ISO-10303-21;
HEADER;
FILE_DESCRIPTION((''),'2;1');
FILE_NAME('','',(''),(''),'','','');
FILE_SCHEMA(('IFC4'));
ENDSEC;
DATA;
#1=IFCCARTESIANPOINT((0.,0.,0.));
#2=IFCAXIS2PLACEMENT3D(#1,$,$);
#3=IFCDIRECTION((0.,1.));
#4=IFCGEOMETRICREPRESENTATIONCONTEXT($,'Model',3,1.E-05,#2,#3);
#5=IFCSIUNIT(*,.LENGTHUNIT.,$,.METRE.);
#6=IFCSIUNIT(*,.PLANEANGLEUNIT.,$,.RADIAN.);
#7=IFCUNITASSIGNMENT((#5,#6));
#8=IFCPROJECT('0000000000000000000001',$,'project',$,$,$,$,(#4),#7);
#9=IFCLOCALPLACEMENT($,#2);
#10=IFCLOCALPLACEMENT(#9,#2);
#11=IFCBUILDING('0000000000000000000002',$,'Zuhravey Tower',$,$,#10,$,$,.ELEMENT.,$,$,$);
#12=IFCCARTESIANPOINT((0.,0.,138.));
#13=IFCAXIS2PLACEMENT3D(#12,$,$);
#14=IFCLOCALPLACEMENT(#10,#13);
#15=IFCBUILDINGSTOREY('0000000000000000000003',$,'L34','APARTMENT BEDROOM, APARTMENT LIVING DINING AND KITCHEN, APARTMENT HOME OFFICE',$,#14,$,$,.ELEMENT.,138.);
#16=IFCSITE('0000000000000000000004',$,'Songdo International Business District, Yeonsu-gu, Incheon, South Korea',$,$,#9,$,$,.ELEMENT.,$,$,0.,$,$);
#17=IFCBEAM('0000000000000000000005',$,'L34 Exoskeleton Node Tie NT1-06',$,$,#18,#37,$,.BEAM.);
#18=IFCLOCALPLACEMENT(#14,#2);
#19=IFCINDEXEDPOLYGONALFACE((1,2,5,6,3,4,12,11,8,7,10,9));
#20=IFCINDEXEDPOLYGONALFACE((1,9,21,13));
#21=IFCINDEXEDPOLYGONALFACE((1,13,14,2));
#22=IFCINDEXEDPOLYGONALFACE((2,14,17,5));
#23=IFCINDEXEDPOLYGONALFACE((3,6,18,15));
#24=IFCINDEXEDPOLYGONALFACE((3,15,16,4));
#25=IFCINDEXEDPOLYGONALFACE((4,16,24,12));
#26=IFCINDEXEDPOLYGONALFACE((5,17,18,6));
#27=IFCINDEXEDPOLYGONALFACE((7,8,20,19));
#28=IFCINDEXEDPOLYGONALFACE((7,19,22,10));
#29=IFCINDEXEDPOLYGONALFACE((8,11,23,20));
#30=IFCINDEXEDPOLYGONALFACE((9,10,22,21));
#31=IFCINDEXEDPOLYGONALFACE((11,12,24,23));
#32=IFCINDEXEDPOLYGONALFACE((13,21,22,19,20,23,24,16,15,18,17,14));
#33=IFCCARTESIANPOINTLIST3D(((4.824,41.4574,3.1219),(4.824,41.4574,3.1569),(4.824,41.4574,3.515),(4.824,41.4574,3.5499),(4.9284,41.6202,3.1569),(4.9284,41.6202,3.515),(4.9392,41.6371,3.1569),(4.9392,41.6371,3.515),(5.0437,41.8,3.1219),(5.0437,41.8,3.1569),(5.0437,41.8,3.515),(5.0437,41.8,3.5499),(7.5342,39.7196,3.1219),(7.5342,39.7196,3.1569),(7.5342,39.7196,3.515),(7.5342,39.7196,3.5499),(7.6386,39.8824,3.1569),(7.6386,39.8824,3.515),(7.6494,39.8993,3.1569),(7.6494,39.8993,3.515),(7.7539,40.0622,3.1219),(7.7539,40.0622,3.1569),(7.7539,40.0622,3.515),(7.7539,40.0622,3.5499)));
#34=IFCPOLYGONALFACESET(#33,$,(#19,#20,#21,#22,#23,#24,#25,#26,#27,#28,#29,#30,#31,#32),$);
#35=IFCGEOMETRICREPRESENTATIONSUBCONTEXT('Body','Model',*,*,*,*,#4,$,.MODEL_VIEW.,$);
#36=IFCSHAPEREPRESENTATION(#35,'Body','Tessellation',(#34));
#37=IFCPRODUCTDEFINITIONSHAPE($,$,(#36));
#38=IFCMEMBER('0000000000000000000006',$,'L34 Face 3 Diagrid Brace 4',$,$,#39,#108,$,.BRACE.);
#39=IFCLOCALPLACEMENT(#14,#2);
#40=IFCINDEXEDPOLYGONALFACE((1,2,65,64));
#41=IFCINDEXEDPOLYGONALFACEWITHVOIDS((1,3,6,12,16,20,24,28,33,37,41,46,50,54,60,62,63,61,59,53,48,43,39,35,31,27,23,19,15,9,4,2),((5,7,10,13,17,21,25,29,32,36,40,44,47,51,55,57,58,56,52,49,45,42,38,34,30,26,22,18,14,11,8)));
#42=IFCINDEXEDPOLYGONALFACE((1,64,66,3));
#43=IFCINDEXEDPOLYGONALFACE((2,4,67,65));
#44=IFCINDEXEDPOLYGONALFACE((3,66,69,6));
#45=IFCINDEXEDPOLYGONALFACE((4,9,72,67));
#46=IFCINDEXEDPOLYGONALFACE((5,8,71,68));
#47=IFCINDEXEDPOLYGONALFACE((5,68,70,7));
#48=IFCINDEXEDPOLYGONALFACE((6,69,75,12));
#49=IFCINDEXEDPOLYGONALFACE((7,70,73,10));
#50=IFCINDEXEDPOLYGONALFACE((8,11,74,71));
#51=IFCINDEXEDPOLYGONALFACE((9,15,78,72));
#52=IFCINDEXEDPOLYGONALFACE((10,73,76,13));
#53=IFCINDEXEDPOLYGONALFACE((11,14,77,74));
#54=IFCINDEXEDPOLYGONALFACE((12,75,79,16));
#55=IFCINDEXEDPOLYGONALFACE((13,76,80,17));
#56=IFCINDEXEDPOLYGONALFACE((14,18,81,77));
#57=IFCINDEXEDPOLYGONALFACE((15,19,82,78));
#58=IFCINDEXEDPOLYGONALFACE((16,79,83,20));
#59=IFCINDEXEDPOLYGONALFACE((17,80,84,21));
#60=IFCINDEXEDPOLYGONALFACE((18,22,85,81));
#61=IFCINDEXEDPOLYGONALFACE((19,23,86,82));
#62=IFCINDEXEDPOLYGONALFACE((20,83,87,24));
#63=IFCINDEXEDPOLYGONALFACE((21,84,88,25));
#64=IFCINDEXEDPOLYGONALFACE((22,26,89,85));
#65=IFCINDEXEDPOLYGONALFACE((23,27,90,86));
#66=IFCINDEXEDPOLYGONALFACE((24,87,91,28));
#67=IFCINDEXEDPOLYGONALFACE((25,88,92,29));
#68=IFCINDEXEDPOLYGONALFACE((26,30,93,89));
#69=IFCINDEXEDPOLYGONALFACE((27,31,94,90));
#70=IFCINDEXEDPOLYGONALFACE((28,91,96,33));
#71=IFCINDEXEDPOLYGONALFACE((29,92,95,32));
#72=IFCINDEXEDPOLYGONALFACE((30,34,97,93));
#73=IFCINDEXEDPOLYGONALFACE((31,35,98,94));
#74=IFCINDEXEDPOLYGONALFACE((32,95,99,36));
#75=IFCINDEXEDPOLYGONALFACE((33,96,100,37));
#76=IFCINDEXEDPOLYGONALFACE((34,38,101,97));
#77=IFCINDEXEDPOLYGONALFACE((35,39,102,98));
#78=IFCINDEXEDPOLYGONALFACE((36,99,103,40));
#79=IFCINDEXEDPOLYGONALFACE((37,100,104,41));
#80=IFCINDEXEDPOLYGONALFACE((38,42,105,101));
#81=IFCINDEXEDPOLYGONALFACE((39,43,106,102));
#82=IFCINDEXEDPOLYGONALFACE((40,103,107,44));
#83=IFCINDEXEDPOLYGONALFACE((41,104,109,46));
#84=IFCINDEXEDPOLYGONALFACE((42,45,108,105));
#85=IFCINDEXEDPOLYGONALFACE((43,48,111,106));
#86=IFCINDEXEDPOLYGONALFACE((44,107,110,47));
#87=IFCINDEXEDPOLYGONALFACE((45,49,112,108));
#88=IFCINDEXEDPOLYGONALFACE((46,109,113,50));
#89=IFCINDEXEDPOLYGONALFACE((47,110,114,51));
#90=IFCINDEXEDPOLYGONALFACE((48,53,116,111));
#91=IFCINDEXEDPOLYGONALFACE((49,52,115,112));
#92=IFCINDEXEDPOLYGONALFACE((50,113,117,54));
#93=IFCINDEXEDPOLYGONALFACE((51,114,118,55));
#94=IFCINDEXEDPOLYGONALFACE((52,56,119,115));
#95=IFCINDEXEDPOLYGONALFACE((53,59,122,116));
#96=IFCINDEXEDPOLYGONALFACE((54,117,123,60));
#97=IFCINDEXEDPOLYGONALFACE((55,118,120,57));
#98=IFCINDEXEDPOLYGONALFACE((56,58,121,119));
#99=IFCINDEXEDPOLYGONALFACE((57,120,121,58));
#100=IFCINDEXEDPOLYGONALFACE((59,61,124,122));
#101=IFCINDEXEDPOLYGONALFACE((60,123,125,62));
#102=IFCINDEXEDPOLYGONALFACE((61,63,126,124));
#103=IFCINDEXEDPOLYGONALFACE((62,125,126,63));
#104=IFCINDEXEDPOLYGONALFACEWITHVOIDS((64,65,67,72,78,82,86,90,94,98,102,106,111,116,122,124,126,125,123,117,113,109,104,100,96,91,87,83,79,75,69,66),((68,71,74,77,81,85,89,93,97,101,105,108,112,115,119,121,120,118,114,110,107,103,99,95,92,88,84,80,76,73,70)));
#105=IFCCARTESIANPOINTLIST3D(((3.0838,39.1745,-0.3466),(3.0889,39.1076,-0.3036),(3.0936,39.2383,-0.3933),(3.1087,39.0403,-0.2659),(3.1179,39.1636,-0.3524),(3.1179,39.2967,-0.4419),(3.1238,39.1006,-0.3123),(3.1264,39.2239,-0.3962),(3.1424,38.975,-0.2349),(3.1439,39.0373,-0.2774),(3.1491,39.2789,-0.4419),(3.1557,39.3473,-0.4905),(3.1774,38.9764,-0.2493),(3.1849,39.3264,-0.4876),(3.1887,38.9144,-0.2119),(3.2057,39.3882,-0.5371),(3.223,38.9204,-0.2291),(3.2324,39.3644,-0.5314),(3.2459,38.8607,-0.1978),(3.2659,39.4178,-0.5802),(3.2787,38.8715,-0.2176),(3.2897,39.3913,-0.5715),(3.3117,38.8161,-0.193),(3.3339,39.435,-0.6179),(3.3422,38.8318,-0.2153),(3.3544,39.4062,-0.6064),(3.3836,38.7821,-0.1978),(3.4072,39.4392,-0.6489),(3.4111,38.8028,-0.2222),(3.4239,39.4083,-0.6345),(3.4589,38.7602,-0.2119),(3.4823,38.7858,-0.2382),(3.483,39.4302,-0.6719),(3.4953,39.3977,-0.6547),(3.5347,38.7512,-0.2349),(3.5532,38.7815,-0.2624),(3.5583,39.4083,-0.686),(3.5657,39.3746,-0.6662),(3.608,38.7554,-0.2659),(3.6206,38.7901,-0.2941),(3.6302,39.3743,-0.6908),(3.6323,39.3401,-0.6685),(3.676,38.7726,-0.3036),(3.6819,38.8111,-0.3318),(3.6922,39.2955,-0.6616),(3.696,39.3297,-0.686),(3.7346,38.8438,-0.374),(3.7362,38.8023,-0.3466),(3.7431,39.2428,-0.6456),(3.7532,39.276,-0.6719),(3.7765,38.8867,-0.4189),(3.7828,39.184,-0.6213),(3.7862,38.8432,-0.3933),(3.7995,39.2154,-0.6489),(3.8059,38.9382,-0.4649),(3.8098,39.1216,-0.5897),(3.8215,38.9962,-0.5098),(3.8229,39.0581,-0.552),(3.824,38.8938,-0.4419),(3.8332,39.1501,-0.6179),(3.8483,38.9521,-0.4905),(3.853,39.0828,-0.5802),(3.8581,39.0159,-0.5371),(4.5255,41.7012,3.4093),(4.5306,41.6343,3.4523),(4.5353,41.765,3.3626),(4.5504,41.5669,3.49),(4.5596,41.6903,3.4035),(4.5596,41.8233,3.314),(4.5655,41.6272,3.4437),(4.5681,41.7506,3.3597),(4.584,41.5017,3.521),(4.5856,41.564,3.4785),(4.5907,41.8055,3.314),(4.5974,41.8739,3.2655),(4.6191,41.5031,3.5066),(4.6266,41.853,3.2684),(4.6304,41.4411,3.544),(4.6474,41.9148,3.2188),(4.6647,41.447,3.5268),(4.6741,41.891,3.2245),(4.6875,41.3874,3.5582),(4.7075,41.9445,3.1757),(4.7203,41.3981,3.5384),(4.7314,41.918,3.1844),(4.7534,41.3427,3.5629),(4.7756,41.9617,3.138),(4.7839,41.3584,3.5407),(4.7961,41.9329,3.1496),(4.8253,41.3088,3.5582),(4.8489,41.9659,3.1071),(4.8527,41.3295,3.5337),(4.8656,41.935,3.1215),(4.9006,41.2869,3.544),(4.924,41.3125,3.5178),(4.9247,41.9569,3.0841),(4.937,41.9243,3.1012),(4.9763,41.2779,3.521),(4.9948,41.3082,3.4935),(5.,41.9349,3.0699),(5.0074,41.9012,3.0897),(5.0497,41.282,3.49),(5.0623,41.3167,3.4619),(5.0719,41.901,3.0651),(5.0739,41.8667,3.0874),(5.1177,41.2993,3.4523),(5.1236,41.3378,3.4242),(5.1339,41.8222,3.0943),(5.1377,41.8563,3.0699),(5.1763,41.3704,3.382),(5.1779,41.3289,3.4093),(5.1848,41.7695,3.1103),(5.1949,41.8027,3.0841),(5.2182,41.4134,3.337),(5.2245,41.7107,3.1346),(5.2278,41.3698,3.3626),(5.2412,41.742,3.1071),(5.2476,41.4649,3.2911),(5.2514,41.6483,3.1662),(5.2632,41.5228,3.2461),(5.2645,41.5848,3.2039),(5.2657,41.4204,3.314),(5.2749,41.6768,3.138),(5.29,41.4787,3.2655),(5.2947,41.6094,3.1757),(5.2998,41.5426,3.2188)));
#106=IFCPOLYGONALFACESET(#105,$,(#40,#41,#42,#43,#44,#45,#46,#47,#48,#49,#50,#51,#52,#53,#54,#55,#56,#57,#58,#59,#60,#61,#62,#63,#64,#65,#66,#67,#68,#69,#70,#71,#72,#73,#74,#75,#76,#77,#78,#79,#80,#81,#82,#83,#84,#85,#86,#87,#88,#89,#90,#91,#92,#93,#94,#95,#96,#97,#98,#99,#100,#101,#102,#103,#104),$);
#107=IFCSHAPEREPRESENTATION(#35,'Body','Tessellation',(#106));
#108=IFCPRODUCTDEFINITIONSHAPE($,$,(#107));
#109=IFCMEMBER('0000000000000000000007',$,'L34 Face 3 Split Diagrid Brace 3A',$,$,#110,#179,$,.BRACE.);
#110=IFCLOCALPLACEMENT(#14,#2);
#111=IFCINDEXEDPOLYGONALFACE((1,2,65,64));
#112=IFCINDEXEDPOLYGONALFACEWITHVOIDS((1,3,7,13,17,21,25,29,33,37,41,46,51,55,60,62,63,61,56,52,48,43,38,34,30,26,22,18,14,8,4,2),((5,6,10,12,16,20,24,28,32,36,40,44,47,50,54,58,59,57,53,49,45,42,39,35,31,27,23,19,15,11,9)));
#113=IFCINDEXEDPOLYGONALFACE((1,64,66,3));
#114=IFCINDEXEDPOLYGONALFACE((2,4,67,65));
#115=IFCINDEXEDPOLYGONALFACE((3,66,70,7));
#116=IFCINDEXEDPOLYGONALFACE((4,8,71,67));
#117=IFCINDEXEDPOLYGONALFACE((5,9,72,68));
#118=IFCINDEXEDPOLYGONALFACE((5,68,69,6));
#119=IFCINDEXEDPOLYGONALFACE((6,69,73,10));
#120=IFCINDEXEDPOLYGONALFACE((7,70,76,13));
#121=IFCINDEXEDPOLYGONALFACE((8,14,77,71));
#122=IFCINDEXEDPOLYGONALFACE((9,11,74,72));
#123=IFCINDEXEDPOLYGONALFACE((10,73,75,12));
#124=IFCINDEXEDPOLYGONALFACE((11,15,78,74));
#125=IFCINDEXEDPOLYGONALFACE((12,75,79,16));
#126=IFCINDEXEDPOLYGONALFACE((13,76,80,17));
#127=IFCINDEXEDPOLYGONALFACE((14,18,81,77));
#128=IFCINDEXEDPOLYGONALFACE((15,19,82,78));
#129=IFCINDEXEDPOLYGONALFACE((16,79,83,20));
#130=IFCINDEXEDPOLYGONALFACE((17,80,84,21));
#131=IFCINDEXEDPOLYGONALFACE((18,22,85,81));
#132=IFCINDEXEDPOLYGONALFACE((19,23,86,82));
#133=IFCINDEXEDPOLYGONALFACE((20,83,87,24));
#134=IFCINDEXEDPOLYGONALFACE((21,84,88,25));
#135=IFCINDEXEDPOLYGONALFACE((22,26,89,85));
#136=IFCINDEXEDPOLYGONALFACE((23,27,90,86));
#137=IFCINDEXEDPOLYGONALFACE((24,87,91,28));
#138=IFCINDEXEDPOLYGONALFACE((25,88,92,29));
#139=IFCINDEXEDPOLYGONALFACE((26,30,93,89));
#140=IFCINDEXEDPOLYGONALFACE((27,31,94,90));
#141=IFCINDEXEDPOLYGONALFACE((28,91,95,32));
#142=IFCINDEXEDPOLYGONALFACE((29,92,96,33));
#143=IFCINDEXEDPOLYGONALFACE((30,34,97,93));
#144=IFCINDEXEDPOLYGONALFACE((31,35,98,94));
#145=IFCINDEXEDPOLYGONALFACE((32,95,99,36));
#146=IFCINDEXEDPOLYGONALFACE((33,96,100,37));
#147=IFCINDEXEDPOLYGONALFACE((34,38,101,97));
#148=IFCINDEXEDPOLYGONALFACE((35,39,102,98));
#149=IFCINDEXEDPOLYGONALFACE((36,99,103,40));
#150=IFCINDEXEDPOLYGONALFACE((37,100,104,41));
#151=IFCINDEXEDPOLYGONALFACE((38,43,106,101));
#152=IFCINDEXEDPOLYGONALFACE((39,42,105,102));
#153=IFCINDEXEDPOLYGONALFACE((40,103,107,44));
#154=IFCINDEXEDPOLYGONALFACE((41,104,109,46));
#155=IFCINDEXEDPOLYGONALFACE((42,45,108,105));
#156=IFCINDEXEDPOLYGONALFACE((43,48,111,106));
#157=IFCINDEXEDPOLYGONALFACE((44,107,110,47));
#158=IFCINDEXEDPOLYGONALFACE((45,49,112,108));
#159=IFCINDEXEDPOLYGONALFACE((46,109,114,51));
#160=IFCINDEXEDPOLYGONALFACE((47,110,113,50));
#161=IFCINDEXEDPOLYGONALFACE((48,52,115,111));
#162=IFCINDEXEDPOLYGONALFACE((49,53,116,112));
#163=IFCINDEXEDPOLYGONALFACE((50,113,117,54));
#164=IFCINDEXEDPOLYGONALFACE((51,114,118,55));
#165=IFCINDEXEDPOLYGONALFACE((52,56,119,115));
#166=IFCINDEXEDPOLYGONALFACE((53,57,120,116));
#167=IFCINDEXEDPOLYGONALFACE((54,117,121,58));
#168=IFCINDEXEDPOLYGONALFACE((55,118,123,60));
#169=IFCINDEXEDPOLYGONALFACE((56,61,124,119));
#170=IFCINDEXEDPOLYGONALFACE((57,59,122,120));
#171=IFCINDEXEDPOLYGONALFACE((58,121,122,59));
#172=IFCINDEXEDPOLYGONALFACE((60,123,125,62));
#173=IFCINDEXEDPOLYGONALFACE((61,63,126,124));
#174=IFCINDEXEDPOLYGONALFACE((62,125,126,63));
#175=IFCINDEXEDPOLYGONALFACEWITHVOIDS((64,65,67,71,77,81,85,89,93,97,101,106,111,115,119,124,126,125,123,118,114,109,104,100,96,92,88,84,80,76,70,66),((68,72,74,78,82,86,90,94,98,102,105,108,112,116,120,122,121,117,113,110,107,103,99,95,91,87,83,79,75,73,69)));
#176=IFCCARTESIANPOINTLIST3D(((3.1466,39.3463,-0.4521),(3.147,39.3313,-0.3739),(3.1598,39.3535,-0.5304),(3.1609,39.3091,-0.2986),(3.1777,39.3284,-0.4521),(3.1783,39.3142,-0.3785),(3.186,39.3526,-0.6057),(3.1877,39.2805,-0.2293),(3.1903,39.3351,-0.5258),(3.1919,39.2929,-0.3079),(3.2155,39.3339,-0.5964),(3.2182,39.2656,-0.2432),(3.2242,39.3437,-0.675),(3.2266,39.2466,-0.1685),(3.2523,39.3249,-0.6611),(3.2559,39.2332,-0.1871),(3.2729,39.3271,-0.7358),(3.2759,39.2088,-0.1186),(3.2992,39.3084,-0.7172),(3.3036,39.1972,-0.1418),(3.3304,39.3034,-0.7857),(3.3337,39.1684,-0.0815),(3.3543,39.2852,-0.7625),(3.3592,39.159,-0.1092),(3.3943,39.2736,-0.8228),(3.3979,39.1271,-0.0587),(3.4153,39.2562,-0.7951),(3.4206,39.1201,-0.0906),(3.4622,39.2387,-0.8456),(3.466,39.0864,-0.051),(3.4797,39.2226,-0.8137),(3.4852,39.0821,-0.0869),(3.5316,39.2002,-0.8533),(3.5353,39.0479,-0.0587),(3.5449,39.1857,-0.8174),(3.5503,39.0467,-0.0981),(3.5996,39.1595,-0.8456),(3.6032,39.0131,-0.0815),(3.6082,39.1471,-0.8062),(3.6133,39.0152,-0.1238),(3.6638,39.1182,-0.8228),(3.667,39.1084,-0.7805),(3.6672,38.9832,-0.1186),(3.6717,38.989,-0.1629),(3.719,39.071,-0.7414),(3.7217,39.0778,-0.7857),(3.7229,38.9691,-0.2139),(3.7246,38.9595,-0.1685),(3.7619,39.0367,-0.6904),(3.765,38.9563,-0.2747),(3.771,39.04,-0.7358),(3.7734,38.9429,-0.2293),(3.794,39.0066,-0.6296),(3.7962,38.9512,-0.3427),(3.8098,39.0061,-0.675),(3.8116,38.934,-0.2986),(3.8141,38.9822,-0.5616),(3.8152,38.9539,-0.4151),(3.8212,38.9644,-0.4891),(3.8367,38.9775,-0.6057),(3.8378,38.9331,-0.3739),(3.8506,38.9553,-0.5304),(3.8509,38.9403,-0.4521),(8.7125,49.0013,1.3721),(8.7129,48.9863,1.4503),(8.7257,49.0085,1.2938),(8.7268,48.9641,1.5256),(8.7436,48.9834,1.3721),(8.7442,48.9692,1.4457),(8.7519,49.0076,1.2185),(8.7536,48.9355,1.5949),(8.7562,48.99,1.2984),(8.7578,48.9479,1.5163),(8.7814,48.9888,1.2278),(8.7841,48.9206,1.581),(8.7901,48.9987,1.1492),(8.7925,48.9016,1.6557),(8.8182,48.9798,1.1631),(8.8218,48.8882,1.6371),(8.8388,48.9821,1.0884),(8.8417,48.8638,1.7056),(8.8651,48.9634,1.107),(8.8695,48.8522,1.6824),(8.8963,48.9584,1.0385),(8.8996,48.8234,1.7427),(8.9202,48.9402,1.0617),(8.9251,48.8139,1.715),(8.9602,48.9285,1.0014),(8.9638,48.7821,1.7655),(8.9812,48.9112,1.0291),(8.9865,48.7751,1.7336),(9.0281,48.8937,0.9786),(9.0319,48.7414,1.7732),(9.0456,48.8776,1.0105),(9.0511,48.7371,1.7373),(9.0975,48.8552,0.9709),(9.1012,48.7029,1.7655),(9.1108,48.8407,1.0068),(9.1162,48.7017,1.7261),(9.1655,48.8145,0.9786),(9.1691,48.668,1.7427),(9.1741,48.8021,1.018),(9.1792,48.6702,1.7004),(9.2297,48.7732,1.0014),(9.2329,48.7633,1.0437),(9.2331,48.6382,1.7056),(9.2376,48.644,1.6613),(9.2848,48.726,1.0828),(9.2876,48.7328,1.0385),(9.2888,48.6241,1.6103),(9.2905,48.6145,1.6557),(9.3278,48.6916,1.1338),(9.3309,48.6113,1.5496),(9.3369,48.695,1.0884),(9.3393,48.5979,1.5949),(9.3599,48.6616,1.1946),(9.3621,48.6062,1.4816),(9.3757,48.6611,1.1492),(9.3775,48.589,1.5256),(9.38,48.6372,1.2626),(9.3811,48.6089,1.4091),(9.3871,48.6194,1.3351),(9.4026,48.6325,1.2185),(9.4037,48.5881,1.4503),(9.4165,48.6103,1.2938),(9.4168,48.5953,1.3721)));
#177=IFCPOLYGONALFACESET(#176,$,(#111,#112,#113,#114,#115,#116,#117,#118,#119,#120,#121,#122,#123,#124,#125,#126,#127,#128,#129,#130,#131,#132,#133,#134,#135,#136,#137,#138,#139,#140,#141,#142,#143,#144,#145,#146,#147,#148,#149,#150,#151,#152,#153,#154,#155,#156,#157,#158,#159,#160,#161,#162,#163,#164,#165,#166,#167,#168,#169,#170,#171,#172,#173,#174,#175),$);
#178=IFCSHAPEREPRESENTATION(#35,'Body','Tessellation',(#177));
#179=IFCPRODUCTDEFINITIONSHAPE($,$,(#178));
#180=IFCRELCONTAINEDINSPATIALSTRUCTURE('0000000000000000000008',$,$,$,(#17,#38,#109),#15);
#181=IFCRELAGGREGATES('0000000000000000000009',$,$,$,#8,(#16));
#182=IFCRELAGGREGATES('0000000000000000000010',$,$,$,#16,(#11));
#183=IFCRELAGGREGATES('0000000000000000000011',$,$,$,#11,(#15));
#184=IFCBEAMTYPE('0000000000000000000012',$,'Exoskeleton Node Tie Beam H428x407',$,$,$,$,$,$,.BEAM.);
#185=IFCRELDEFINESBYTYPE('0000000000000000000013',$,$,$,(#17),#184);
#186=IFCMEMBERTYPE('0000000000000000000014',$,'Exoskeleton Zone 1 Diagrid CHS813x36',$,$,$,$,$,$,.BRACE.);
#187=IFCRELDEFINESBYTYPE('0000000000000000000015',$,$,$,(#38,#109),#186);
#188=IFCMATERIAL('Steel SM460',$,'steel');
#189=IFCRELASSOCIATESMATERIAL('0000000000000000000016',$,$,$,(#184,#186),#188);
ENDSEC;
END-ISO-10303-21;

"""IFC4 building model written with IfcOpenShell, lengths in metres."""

from ifc_helpers import new_model, si_unit, direction, frame, origin, origin_2d, place, context, subcontext, project, spatial, hollow_circle, i_section, extrude, material, material_profile, profile_set, type_object, element, save


model = new_model("IFC4")

# Units and contexts
model_context = context("Model", 3, precision=1e-05, world=origin(), true_north=direction((0.0, 1.0)))
body_context = subcontext(model_context, "Body", "Model", "MODEL_VIEW")
ifc_project = project(units=[si_unit("LENGTHUNIT", "METRE"), si_unit("PLANEANGLEUNIT", "RADIAN")], contexts=[model_context])

# Site, building, storey
site_placement = place(None, origin())
site = spatial("IfcSite", under=ifc_project, at=site_placement, Name="Songdo International Business District, Yeonsu-gu, Incheon, South Korea", CompositionType="ELEMENT", RefElevation=0.0)
building_placement = place(site_placement, origin())
building = spatial("IfcBuilding", under=site, at=building_placement, Name="Zuhravey Tower", CompositionType="ELEMENT")
storey_placement = place(building_placement, frame((0.0, 0.0, 138.0)))
storey = spatial("IfcBuildingStorey", under=building, at=storey_placement, Name="L34", Description="APARTMENT BEDROOM, APARTMENT LIVING DINING AND KITCHEN, APARTMENT HOME OFFICE", CompositionType="ELEMENT", Elevation=138.0)

# Beam
ifc_material_1 = material(Name="Steel SM460", Category="steel")
ifc_material_profile_1 = material_profile(ifc_material_1, i_section(OverallWidth=0.407, OverallDepth=0.428, WebThickness=0.02, FlangeThickness=0.0349, at=origin_2d()), Name="H-428x407x20x35")
ifc_profile_set_1 = profile_set([ifc_material_profile_1], Name="Steel SM460")
beam_type_1 = type_object("IfcBeamType", Name="Exoskeleton Node Tie Beam H428x407", PredefinedType="BEAM", material=ifc_profile_set_1)
beam_1_placement = place(storey_placement, frame((7.644, 39.8909, 3.3359), z_axis=(-0.841811, 0.539772, 0.0), x_axis=(-0.539772, -0.841811, 0.0)))
element("IfcBeam", 1, at=beam_1_placement, inside=storey, type_object=beam_type_1, Name="L34 Exoskeleton Node Tie NT1-06", PredefinedType="BEAM", context=body_context, shape_type="SweptSolid", body=[
    extrude(i_section(OverallWidth=0.407, OverallDepth=0.428, WebThickness=0.02, FlangeThickness=0.0349, at=origin_2d()), origin(), (0.0, 0.0, 1.0), 3.2195),
])

# Members
ifc_material_profile_2 = material_profile(ifc_material_1, hollow_circle(Radius=0.4065, WallThickness=0.0359, at=origin_2d()), Name="CHS-812.8x36")
ifc_profile_set_2 = profile_set([ifc_material_profile_2], Name="Steel SM460")
member_type_1 = type_object("IfcMemberType", Name="Exoskeleton Zone 1 Diagrid CHS813x36", PredefinedType="BRACE", material=ifc_profile_set_2)
member_1_placement = place(storey_placement, frame((3.4709, 39.0952, -0.4419), z_axis=(0.303464, 0.531846, 0.7906), x_axis=(-0.868558, 0.495588, 0.0)))
element("IfcMember", 2, at=member_1_placement, inside=storey, type_object=member_type_1, Name="L34 Face 3 Diagrid Brace 4", PredefinedType="BRACE", context=body_context, shape_type="SweptSolid", body=[
    extrude(hollow_circle(Radius=0.4065, WallThickness=0.0359, at=origin_2d()), origin(), (0.0, 0.0, 1.0), 4.7507),
])
member_2_placement = place(storey_placement, frame((3.4988, 39.1433, -0.4521), z_axis=(0.492874, 0.854974, 0.161539), x_axis=(-0.866352, 0.499434, 0.0)))
element("IfcMember", 3, at=member_2_placement, inside=storey, type_object=member_type_1, Name="L34 Face 3 Split Diagrid Brace 3A", PredefinedType="BRACE", context=body_context, shape_type="SweptSolid", body=[
    extrude(hollow_circle(Radius=0.4065, WallThickness=0.0359, at=origin_2d()), origin(), (0.0, 0.0, 1.0), 11.2927),
])

save(model, "model.ifc")
